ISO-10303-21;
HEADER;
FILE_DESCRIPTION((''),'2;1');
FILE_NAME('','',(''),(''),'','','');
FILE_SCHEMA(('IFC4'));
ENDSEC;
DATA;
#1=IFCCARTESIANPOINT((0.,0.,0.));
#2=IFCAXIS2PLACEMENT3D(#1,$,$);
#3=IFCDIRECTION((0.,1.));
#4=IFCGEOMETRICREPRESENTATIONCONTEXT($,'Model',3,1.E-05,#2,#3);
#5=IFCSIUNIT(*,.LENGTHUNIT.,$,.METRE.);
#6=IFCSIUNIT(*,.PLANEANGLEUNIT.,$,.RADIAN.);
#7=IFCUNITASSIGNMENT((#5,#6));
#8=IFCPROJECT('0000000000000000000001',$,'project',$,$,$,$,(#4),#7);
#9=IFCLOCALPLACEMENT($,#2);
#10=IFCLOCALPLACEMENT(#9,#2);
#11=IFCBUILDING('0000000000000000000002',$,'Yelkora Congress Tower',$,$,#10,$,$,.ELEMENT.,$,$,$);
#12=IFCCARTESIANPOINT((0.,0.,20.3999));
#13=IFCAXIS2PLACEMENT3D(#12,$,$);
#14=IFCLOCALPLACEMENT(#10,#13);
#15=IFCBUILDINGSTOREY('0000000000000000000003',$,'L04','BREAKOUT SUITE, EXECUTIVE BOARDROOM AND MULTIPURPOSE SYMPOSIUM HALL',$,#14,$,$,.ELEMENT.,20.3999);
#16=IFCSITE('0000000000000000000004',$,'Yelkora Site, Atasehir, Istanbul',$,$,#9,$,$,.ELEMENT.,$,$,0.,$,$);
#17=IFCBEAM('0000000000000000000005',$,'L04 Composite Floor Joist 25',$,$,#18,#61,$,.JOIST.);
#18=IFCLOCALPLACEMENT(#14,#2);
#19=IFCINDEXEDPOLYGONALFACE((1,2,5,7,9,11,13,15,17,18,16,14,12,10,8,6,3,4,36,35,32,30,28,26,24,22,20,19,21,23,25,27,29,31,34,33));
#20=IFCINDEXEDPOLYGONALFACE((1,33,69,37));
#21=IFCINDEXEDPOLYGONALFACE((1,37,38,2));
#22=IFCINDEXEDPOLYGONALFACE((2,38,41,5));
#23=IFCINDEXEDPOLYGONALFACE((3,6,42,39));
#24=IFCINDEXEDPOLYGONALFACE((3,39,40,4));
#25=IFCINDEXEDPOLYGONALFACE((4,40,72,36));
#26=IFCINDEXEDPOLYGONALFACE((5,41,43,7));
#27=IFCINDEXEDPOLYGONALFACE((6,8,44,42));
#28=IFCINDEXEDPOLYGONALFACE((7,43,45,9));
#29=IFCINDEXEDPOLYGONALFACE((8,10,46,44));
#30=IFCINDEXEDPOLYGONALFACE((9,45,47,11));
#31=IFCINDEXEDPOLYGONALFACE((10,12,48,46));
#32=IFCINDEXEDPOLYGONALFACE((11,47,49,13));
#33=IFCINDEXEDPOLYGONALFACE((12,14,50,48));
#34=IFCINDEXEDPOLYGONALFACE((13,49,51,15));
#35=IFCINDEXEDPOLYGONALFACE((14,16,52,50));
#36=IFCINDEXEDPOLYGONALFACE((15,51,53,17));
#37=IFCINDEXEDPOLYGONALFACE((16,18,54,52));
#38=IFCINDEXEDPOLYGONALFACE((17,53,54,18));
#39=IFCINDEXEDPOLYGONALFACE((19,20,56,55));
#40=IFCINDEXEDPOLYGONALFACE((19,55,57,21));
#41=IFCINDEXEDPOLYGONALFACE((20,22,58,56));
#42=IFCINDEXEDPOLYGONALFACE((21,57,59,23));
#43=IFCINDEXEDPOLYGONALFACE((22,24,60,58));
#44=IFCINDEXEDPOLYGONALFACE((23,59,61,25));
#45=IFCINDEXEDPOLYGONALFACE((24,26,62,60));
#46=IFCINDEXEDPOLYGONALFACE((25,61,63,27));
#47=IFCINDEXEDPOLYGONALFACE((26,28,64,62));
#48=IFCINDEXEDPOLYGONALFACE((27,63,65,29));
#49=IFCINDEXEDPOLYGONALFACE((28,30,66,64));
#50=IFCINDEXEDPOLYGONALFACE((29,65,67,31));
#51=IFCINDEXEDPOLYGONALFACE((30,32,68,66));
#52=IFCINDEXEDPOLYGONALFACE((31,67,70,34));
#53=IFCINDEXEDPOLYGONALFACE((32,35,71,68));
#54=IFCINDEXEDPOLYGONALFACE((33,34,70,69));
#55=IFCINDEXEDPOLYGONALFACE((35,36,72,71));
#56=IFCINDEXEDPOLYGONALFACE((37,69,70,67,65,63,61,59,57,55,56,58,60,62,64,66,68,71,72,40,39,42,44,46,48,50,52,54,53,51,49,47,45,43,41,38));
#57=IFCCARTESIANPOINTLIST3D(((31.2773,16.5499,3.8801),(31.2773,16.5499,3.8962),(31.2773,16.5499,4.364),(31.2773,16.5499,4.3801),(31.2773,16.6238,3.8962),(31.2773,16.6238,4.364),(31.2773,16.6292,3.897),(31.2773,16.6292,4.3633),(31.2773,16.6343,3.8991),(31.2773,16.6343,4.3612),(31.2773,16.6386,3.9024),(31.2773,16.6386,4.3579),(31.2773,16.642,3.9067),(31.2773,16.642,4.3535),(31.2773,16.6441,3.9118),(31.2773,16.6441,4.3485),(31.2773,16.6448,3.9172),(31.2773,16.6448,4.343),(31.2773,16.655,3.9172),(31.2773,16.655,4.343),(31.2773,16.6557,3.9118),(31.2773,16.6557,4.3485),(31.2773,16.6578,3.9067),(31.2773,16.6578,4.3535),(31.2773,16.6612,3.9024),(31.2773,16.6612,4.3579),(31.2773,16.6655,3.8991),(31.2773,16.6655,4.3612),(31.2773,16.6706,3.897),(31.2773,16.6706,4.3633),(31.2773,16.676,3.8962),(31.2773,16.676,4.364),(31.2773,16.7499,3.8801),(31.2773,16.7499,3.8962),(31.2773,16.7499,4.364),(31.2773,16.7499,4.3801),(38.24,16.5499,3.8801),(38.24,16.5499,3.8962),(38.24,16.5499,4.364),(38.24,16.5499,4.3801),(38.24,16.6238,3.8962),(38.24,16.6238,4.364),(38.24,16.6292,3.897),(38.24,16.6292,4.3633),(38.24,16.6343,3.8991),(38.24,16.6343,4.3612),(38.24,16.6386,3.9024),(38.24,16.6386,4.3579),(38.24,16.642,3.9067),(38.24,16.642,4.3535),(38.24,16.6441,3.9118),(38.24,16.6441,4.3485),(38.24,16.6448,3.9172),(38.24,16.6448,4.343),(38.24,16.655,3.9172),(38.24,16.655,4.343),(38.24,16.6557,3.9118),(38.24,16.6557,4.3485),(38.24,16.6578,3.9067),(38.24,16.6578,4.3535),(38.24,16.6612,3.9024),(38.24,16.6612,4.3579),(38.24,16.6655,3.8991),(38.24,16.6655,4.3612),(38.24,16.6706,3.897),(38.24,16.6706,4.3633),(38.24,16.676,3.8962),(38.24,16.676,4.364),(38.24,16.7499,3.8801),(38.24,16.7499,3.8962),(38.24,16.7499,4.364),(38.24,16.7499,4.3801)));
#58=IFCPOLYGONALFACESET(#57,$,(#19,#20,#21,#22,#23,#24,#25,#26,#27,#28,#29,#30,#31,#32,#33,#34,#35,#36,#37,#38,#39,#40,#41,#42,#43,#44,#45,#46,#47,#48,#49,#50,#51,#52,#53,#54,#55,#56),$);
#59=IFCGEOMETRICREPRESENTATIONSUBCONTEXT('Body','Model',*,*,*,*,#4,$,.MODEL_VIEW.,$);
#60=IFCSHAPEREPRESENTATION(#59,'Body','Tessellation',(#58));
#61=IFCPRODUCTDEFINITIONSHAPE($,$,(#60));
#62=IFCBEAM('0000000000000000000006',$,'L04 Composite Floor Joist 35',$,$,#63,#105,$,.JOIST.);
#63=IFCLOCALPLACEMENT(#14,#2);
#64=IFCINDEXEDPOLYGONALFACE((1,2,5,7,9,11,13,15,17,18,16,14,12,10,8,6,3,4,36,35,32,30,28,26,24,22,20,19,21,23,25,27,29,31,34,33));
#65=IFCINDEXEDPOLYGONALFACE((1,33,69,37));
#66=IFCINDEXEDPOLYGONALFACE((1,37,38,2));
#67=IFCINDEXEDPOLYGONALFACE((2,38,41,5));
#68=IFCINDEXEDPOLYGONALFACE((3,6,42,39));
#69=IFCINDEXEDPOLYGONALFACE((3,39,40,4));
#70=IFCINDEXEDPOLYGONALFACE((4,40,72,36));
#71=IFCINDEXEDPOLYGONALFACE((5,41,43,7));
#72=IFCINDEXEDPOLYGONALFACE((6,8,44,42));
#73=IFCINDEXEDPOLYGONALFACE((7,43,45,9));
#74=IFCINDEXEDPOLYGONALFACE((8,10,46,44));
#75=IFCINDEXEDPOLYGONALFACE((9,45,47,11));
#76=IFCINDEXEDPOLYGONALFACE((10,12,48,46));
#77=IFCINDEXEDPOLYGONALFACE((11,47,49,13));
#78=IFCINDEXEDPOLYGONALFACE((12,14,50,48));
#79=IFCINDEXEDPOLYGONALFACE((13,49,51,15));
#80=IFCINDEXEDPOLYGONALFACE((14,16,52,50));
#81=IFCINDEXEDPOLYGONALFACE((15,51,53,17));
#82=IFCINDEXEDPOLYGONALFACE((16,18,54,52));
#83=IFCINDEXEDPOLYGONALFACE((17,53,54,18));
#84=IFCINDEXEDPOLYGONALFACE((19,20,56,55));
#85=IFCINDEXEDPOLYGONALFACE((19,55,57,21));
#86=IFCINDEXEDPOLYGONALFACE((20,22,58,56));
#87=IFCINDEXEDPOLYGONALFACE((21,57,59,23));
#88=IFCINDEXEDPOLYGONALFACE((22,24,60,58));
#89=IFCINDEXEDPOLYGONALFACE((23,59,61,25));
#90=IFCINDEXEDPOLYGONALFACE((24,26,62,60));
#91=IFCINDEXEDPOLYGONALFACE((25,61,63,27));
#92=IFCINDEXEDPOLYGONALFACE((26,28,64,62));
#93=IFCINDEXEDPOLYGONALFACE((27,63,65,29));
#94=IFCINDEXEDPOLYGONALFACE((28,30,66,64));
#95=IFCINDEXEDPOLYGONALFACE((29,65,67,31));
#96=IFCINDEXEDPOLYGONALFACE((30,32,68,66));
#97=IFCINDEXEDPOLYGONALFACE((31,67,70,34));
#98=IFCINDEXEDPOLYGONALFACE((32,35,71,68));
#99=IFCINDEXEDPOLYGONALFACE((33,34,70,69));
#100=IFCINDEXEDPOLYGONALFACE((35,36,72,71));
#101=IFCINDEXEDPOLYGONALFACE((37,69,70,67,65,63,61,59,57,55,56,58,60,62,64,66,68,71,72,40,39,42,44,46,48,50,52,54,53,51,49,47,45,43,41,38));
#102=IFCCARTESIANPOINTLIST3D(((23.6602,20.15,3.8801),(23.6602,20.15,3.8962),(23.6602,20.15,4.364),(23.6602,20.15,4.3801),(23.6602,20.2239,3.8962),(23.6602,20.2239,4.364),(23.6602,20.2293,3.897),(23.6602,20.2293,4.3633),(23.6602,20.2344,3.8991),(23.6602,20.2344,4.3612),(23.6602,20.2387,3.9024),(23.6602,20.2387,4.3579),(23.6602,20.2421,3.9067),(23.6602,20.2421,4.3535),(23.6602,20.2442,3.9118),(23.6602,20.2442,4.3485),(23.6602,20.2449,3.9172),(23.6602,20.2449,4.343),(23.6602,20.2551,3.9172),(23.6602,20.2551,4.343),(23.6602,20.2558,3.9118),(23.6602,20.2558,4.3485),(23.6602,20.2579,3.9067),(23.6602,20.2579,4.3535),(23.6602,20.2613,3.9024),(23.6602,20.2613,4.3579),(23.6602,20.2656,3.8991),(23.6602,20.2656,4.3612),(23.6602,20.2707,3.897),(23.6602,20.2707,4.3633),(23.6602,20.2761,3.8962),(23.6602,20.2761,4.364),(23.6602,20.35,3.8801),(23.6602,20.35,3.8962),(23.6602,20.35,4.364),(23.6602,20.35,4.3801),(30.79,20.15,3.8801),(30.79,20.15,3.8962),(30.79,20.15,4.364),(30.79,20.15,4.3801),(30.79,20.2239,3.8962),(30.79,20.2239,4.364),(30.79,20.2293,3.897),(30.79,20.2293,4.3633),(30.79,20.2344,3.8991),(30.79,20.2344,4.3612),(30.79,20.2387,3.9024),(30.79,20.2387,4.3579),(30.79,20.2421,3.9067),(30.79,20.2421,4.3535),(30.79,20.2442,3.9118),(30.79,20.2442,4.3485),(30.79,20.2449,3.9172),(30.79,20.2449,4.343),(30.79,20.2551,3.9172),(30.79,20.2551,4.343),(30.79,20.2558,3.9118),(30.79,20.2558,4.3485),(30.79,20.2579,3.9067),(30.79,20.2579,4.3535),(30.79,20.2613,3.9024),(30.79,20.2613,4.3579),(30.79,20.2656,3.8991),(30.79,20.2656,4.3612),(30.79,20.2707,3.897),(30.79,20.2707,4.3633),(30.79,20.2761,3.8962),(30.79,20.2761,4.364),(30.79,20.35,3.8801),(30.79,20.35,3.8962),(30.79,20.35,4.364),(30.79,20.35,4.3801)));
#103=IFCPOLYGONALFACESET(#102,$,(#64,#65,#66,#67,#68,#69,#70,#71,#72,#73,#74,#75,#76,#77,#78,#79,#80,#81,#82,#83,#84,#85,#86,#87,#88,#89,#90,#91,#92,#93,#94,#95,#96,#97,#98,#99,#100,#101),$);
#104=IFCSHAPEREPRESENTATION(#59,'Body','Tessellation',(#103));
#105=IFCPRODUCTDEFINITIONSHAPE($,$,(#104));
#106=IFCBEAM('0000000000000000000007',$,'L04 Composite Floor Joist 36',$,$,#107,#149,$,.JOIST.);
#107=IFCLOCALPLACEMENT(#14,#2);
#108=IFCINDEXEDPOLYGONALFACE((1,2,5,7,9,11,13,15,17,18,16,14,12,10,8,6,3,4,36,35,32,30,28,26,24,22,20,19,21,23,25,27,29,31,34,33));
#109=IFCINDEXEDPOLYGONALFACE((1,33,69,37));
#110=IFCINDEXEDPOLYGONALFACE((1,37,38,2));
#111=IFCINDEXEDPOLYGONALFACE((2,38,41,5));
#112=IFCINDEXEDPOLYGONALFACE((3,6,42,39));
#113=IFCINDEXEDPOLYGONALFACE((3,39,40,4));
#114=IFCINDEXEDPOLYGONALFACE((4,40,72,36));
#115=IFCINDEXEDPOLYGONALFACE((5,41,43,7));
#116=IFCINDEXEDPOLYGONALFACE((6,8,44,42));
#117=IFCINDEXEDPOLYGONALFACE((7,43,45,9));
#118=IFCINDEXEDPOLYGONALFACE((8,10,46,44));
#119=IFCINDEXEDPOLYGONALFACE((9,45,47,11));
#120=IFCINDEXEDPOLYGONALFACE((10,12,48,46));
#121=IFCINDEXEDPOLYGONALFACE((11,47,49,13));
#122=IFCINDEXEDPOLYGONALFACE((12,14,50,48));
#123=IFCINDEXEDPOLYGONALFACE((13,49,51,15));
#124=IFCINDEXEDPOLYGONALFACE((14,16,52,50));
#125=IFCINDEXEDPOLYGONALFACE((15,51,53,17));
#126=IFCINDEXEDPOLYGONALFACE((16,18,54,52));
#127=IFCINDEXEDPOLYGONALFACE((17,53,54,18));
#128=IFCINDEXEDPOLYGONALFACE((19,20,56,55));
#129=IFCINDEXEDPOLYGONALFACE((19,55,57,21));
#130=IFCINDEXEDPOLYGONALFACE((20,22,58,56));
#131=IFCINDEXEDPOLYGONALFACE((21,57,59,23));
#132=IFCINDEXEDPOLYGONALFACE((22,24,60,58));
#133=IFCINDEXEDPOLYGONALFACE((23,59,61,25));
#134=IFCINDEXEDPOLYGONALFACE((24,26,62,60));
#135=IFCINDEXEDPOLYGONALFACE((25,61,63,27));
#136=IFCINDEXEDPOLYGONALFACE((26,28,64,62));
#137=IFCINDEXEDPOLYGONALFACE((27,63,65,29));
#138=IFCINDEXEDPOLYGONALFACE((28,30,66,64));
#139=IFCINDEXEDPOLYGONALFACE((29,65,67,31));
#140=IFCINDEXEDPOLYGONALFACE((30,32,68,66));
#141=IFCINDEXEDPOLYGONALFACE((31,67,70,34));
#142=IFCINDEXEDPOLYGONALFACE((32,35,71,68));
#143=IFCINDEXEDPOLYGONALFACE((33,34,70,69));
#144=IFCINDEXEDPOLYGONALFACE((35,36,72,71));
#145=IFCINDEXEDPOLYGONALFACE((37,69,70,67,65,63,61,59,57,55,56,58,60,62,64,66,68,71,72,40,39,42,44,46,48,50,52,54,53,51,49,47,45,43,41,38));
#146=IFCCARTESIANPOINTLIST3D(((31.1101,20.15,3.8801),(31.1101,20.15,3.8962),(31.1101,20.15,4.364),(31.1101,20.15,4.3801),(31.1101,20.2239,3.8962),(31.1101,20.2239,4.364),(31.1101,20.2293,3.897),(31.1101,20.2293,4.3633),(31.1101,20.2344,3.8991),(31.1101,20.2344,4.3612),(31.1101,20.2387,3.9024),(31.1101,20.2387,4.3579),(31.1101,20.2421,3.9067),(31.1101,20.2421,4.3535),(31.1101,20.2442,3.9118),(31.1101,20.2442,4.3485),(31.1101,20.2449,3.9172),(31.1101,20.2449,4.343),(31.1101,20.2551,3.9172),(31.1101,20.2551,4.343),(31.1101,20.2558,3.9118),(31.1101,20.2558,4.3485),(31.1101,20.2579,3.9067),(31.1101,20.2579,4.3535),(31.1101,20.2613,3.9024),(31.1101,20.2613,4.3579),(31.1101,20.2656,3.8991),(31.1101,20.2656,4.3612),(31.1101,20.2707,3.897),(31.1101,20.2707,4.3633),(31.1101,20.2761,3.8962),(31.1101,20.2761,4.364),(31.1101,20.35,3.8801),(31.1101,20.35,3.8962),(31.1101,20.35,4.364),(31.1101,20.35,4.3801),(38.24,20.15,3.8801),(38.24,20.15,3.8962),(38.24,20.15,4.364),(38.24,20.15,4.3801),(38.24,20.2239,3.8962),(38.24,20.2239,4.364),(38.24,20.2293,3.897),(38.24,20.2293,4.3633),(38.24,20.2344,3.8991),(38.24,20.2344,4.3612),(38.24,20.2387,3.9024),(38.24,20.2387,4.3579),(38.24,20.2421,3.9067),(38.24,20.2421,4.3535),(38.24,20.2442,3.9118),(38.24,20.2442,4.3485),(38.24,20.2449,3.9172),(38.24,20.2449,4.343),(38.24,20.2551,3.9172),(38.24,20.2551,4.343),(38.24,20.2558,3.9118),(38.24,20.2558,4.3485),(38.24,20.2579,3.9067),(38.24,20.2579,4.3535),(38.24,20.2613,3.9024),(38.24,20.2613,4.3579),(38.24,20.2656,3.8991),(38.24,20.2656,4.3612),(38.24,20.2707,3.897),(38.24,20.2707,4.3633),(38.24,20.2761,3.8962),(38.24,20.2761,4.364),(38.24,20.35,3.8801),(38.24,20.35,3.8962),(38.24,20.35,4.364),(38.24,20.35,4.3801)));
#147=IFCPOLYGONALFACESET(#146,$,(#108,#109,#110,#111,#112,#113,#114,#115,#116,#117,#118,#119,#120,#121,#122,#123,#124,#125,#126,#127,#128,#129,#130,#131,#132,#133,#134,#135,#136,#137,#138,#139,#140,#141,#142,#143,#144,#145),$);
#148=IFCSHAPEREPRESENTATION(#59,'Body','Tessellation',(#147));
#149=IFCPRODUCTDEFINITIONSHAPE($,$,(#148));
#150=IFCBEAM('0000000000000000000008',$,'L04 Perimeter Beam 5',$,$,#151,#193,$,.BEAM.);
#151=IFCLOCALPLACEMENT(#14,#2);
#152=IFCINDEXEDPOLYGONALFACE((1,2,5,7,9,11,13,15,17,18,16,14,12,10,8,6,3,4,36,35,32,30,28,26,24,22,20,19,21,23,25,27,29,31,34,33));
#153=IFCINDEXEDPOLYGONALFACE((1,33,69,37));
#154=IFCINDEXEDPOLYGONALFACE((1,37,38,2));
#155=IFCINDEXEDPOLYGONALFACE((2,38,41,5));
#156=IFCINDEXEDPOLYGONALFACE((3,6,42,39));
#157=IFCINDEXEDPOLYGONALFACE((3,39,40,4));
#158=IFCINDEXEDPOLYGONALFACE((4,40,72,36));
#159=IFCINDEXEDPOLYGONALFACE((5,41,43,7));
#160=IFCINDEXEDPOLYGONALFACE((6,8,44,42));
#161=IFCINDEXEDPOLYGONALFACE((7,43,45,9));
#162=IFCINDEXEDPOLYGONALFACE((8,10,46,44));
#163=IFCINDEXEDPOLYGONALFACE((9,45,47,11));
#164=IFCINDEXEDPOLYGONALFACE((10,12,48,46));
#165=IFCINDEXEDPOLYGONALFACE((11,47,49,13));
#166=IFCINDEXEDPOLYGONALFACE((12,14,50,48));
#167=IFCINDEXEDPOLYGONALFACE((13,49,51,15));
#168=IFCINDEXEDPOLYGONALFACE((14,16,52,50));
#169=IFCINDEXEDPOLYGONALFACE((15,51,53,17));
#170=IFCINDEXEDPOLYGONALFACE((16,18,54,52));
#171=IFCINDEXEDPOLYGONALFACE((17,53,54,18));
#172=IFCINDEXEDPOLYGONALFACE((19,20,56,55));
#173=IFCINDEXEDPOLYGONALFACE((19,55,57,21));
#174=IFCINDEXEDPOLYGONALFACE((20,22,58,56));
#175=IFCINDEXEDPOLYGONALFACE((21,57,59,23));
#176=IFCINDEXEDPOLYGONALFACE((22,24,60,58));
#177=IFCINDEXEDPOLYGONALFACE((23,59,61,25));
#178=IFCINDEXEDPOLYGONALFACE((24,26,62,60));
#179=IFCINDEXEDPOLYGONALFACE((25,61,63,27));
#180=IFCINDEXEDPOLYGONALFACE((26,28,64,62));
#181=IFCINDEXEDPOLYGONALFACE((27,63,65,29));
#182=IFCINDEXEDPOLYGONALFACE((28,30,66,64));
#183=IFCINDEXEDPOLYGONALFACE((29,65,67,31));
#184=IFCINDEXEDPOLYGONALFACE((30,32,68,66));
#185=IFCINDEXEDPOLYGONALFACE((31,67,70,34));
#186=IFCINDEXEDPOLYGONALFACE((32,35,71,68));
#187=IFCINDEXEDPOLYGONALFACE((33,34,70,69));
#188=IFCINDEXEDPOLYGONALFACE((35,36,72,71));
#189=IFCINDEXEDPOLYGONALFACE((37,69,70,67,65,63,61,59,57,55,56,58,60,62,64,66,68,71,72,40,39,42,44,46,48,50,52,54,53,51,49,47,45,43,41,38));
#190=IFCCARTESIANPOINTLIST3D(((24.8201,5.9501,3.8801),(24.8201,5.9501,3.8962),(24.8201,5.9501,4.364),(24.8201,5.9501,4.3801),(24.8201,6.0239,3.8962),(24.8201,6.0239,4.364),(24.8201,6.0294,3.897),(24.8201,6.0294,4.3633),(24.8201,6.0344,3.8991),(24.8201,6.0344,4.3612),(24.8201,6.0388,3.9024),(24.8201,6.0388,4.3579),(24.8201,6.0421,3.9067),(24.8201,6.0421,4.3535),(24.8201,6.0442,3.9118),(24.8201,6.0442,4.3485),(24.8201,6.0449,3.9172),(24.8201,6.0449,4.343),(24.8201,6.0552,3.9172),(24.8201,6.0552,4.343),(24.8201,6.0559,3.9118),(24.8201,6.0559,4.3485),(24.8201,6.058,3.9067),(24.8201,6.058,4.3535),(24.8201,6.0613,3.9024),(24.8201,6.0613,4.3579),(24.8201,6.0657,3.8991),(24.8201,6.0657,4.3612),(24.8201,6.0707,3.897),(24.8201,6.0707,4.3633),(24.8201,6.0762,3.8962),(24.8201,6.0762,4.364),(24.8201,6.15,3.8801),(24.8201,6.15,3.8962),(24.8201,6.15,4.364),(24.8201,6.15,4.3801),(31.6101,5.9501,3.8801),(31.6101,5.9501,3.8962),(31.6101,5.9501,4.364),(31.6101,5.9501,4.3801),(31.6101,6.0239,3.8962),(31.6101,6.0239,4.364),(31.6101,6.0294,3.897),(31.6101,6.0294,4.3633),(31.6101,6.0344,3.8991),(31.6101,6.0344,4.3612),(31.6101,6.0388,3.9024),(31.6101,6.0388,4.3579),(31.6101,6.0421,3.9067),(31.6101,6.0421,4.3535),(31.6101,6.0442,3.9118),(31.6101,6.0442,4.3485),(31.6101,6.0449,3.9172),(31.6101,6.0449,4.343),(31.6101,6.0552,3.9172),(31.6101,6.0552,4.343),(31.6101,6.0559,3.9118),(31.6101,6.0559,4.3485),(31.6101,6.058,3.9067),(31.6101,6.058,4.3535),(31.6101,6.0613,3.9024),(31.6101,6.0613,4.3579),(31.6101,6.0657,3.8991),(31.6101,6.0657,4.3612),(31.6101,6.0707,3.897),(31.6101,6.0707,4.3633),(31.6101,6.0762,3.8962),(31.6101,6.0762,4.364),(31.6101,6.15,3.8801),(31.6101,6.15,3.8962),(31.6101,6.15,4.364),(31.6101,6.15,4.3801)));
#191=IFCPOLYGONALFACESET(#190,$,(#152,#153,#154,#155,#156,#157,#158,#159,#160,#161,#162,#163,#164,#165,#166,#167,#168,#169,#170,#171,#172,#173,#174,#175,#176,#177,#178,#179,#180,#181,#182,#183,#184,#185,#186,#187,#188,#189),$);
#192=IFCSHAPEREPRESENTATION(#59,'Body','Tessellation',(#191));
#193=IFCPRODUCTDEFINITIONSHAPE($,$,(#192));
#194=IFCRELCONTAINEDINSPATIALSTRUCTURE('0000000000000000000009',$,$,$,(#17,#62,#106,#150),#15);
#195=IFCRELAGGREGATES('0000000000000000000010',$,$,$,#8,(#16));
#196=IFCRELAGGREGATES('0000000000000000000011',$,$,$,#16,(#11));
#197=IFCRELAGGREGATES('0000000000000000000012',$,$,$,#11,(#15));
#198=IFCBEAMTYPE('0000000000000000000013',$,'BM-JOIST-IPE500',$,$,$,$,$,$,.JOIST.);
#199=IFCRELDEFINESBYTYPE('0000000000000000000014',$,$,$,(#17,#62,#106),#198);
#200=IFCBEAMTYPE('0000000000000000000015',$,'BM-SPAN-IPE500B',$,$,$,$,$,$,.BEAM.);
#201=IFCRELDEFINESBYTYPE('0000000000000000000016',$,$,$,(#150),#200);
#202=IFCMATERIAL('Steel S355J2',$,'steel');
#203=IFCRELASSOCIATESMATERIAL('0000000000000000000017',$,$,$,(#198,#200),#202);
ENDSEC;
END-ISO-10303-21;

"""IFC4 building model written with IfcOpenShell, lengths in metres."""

from ifc_helpers import new_model, si_unit, direction, frame, origin, origin_2d, place, context, subcontext, project, spatial, i_section, extrude, material, material_profile, profile_set, type_object, element, save


model = new_model("IFC4")

# Units and contexts
model_context = context("Model", 3, precision=1e-05, world=origin(), true_north=direction((0.0, 1.0)))
body_context = subcontext(model_context, "Body", "Model", "MODEL_VIEW")
ifc_project = project(units=[si_unit("LENGTHUNIT", "METRE"), si_unit("PLANEANGLEUNIT", "RADIAN")], contexts=[model_context])

# Site, building, storey
site_placement = place(None, origin())
site = spatial("IfcSite", under=ifc_project, at=site_placement, Name="Yelkora Site, Atasehir, Istanbul", CompositionType="ELEMENT", RefElevation=0.0)
building_placement = place(site_placement, origin())
building = spatial("IfcBuilding", under=site, at=building_placement, Name="Yelkora Congress Tower", CompositionType="ELEMENT")
storey_placement = place(building_placement, frame((0.0, 0.0, 20.3999)))
storey = spatial("IfcBuildingStorey", under=building, at=storey_placement, Name="L04", Description="BREAKOUT SUITE, EXECUTIVE BOARDROOM AND MULTIPURPOSE SYMPOSIUM HALL", CompositionType="ELEMENT", Elevation=20.3999)

# Beams
ifc_material_1 = material(Name="Steel S355J2", Category="steel")
ifc_material_profile_1 = material_profile(ifc_material_1, i_section(OverallWidth=0.2, OverallDepth=0.5, WebThickness=0.0103, FlangeThickness=0.0161, FilletRadius=0.021, at=origin_2d()), Name="IPE 500")
ifc_profile_set_1 = profile_set([ifc_material_profile_1], Name="Steel S355J2")
beam_type_1 = type_object("IfcBeamType", Name="BM-JOIST-IPE500", PredefinedType="JOIST", material=ifc_profile_set_1)
beam_1_placement = place(storey_placement, frame((31.2773, 16.6499, 4.1301), z_axis=(1.0, 0.0, 0.0), x_axis=(0.0, 1.0, 0.0)))
element("IfcBeam", 1, at=beam_1_placement, inside=storey, type_object=beam_type_1, Name="L04 Composite Floor Joist 25", PredefinedType="JOIST", context=body_context, shape_type="SweptSolid", body=[
    extrude(i_section(OverallWidth=0.2, OverallDepth=0.5, WebThickness=0.0103, FlangeThickness=0.0161, FilletRadius=0.021, at=origin_2d()), origin(), (0.0, 0.0, 1.0), 6.9626),
])
for number, where, z_axis, x_axis, name in (
    (2, (23.6602, 20.25, 4.1301), (1.0, 0.0, 0.0), (0.0, 1.0, 0.0), "L04 Composite Floor Joist 35"),
    (3, (31.1101, 20.25, 4.1301), (1.0, 0.0, 0.0), (0.0, 1.0, 0.0), "L04 Composite Floor Joist 36"),
):
    element("IfcBeam", number, at=place(storey_placement, frame(where, z_axis=z_axis, x_axis=x_axis)), inside=storey, type_object=beam_type_1, Name=name, PredefinedType="JOIST", context=body_context, shape_type="SweptSolid", body=[
        extrude(i_section(OverallWidth=0.2, OverallDepth=0.5, WebThickness=0.0103, FlangeThickness=0.0161, FilletRadius=0.021, at=origin_2d()), origin(), (0.0, 0.0, 1.0), 7.1299),
    ])
ifc_material_profile_2 = material_profile(ifc_material_1, i_section(OverallWidth=0.2, OverallDepth=0.5, WebThickness=0.0103, FlangeThickness=0.0161, FilletRadius=0.021, at=origin_2d()), Name="IPE 500")
ifc_profile_set_2 = profile_set([ifc_material_profile_2], Name="Steel S355J2")
beam_type_2 = type_object("IfcBeamType", Name="BM-SPAN-IPE500B", PredefinedType="BEAM", material=ifc_profile_set_2)
beam_2_placement = place(storey_placement, frame((24.8201, 6.05, 4.1301), z_axis=(1.0, 0.0, 0.0), x_axis=(0.0, 1.0, 0.0)))
element("IfcBeam", 4, at=beam_2_placement, inside=storey, type_object=beam_type_2, Name="L04 Perimeter Beam 5", PredefinedType="BEAM", context=body_context, shape_type="SweptSolid", body=[
    extrude(i_section(OverallWidth=0.2, OverallDepth=0.5, WebThickness=0.0103, FlangeThickness=0.0161, FilletRadius=0.021, at=origin_2d()), origin(), (0.0, 0.0, 1.0), 6.79),
])

save(model, "model.ifc")
